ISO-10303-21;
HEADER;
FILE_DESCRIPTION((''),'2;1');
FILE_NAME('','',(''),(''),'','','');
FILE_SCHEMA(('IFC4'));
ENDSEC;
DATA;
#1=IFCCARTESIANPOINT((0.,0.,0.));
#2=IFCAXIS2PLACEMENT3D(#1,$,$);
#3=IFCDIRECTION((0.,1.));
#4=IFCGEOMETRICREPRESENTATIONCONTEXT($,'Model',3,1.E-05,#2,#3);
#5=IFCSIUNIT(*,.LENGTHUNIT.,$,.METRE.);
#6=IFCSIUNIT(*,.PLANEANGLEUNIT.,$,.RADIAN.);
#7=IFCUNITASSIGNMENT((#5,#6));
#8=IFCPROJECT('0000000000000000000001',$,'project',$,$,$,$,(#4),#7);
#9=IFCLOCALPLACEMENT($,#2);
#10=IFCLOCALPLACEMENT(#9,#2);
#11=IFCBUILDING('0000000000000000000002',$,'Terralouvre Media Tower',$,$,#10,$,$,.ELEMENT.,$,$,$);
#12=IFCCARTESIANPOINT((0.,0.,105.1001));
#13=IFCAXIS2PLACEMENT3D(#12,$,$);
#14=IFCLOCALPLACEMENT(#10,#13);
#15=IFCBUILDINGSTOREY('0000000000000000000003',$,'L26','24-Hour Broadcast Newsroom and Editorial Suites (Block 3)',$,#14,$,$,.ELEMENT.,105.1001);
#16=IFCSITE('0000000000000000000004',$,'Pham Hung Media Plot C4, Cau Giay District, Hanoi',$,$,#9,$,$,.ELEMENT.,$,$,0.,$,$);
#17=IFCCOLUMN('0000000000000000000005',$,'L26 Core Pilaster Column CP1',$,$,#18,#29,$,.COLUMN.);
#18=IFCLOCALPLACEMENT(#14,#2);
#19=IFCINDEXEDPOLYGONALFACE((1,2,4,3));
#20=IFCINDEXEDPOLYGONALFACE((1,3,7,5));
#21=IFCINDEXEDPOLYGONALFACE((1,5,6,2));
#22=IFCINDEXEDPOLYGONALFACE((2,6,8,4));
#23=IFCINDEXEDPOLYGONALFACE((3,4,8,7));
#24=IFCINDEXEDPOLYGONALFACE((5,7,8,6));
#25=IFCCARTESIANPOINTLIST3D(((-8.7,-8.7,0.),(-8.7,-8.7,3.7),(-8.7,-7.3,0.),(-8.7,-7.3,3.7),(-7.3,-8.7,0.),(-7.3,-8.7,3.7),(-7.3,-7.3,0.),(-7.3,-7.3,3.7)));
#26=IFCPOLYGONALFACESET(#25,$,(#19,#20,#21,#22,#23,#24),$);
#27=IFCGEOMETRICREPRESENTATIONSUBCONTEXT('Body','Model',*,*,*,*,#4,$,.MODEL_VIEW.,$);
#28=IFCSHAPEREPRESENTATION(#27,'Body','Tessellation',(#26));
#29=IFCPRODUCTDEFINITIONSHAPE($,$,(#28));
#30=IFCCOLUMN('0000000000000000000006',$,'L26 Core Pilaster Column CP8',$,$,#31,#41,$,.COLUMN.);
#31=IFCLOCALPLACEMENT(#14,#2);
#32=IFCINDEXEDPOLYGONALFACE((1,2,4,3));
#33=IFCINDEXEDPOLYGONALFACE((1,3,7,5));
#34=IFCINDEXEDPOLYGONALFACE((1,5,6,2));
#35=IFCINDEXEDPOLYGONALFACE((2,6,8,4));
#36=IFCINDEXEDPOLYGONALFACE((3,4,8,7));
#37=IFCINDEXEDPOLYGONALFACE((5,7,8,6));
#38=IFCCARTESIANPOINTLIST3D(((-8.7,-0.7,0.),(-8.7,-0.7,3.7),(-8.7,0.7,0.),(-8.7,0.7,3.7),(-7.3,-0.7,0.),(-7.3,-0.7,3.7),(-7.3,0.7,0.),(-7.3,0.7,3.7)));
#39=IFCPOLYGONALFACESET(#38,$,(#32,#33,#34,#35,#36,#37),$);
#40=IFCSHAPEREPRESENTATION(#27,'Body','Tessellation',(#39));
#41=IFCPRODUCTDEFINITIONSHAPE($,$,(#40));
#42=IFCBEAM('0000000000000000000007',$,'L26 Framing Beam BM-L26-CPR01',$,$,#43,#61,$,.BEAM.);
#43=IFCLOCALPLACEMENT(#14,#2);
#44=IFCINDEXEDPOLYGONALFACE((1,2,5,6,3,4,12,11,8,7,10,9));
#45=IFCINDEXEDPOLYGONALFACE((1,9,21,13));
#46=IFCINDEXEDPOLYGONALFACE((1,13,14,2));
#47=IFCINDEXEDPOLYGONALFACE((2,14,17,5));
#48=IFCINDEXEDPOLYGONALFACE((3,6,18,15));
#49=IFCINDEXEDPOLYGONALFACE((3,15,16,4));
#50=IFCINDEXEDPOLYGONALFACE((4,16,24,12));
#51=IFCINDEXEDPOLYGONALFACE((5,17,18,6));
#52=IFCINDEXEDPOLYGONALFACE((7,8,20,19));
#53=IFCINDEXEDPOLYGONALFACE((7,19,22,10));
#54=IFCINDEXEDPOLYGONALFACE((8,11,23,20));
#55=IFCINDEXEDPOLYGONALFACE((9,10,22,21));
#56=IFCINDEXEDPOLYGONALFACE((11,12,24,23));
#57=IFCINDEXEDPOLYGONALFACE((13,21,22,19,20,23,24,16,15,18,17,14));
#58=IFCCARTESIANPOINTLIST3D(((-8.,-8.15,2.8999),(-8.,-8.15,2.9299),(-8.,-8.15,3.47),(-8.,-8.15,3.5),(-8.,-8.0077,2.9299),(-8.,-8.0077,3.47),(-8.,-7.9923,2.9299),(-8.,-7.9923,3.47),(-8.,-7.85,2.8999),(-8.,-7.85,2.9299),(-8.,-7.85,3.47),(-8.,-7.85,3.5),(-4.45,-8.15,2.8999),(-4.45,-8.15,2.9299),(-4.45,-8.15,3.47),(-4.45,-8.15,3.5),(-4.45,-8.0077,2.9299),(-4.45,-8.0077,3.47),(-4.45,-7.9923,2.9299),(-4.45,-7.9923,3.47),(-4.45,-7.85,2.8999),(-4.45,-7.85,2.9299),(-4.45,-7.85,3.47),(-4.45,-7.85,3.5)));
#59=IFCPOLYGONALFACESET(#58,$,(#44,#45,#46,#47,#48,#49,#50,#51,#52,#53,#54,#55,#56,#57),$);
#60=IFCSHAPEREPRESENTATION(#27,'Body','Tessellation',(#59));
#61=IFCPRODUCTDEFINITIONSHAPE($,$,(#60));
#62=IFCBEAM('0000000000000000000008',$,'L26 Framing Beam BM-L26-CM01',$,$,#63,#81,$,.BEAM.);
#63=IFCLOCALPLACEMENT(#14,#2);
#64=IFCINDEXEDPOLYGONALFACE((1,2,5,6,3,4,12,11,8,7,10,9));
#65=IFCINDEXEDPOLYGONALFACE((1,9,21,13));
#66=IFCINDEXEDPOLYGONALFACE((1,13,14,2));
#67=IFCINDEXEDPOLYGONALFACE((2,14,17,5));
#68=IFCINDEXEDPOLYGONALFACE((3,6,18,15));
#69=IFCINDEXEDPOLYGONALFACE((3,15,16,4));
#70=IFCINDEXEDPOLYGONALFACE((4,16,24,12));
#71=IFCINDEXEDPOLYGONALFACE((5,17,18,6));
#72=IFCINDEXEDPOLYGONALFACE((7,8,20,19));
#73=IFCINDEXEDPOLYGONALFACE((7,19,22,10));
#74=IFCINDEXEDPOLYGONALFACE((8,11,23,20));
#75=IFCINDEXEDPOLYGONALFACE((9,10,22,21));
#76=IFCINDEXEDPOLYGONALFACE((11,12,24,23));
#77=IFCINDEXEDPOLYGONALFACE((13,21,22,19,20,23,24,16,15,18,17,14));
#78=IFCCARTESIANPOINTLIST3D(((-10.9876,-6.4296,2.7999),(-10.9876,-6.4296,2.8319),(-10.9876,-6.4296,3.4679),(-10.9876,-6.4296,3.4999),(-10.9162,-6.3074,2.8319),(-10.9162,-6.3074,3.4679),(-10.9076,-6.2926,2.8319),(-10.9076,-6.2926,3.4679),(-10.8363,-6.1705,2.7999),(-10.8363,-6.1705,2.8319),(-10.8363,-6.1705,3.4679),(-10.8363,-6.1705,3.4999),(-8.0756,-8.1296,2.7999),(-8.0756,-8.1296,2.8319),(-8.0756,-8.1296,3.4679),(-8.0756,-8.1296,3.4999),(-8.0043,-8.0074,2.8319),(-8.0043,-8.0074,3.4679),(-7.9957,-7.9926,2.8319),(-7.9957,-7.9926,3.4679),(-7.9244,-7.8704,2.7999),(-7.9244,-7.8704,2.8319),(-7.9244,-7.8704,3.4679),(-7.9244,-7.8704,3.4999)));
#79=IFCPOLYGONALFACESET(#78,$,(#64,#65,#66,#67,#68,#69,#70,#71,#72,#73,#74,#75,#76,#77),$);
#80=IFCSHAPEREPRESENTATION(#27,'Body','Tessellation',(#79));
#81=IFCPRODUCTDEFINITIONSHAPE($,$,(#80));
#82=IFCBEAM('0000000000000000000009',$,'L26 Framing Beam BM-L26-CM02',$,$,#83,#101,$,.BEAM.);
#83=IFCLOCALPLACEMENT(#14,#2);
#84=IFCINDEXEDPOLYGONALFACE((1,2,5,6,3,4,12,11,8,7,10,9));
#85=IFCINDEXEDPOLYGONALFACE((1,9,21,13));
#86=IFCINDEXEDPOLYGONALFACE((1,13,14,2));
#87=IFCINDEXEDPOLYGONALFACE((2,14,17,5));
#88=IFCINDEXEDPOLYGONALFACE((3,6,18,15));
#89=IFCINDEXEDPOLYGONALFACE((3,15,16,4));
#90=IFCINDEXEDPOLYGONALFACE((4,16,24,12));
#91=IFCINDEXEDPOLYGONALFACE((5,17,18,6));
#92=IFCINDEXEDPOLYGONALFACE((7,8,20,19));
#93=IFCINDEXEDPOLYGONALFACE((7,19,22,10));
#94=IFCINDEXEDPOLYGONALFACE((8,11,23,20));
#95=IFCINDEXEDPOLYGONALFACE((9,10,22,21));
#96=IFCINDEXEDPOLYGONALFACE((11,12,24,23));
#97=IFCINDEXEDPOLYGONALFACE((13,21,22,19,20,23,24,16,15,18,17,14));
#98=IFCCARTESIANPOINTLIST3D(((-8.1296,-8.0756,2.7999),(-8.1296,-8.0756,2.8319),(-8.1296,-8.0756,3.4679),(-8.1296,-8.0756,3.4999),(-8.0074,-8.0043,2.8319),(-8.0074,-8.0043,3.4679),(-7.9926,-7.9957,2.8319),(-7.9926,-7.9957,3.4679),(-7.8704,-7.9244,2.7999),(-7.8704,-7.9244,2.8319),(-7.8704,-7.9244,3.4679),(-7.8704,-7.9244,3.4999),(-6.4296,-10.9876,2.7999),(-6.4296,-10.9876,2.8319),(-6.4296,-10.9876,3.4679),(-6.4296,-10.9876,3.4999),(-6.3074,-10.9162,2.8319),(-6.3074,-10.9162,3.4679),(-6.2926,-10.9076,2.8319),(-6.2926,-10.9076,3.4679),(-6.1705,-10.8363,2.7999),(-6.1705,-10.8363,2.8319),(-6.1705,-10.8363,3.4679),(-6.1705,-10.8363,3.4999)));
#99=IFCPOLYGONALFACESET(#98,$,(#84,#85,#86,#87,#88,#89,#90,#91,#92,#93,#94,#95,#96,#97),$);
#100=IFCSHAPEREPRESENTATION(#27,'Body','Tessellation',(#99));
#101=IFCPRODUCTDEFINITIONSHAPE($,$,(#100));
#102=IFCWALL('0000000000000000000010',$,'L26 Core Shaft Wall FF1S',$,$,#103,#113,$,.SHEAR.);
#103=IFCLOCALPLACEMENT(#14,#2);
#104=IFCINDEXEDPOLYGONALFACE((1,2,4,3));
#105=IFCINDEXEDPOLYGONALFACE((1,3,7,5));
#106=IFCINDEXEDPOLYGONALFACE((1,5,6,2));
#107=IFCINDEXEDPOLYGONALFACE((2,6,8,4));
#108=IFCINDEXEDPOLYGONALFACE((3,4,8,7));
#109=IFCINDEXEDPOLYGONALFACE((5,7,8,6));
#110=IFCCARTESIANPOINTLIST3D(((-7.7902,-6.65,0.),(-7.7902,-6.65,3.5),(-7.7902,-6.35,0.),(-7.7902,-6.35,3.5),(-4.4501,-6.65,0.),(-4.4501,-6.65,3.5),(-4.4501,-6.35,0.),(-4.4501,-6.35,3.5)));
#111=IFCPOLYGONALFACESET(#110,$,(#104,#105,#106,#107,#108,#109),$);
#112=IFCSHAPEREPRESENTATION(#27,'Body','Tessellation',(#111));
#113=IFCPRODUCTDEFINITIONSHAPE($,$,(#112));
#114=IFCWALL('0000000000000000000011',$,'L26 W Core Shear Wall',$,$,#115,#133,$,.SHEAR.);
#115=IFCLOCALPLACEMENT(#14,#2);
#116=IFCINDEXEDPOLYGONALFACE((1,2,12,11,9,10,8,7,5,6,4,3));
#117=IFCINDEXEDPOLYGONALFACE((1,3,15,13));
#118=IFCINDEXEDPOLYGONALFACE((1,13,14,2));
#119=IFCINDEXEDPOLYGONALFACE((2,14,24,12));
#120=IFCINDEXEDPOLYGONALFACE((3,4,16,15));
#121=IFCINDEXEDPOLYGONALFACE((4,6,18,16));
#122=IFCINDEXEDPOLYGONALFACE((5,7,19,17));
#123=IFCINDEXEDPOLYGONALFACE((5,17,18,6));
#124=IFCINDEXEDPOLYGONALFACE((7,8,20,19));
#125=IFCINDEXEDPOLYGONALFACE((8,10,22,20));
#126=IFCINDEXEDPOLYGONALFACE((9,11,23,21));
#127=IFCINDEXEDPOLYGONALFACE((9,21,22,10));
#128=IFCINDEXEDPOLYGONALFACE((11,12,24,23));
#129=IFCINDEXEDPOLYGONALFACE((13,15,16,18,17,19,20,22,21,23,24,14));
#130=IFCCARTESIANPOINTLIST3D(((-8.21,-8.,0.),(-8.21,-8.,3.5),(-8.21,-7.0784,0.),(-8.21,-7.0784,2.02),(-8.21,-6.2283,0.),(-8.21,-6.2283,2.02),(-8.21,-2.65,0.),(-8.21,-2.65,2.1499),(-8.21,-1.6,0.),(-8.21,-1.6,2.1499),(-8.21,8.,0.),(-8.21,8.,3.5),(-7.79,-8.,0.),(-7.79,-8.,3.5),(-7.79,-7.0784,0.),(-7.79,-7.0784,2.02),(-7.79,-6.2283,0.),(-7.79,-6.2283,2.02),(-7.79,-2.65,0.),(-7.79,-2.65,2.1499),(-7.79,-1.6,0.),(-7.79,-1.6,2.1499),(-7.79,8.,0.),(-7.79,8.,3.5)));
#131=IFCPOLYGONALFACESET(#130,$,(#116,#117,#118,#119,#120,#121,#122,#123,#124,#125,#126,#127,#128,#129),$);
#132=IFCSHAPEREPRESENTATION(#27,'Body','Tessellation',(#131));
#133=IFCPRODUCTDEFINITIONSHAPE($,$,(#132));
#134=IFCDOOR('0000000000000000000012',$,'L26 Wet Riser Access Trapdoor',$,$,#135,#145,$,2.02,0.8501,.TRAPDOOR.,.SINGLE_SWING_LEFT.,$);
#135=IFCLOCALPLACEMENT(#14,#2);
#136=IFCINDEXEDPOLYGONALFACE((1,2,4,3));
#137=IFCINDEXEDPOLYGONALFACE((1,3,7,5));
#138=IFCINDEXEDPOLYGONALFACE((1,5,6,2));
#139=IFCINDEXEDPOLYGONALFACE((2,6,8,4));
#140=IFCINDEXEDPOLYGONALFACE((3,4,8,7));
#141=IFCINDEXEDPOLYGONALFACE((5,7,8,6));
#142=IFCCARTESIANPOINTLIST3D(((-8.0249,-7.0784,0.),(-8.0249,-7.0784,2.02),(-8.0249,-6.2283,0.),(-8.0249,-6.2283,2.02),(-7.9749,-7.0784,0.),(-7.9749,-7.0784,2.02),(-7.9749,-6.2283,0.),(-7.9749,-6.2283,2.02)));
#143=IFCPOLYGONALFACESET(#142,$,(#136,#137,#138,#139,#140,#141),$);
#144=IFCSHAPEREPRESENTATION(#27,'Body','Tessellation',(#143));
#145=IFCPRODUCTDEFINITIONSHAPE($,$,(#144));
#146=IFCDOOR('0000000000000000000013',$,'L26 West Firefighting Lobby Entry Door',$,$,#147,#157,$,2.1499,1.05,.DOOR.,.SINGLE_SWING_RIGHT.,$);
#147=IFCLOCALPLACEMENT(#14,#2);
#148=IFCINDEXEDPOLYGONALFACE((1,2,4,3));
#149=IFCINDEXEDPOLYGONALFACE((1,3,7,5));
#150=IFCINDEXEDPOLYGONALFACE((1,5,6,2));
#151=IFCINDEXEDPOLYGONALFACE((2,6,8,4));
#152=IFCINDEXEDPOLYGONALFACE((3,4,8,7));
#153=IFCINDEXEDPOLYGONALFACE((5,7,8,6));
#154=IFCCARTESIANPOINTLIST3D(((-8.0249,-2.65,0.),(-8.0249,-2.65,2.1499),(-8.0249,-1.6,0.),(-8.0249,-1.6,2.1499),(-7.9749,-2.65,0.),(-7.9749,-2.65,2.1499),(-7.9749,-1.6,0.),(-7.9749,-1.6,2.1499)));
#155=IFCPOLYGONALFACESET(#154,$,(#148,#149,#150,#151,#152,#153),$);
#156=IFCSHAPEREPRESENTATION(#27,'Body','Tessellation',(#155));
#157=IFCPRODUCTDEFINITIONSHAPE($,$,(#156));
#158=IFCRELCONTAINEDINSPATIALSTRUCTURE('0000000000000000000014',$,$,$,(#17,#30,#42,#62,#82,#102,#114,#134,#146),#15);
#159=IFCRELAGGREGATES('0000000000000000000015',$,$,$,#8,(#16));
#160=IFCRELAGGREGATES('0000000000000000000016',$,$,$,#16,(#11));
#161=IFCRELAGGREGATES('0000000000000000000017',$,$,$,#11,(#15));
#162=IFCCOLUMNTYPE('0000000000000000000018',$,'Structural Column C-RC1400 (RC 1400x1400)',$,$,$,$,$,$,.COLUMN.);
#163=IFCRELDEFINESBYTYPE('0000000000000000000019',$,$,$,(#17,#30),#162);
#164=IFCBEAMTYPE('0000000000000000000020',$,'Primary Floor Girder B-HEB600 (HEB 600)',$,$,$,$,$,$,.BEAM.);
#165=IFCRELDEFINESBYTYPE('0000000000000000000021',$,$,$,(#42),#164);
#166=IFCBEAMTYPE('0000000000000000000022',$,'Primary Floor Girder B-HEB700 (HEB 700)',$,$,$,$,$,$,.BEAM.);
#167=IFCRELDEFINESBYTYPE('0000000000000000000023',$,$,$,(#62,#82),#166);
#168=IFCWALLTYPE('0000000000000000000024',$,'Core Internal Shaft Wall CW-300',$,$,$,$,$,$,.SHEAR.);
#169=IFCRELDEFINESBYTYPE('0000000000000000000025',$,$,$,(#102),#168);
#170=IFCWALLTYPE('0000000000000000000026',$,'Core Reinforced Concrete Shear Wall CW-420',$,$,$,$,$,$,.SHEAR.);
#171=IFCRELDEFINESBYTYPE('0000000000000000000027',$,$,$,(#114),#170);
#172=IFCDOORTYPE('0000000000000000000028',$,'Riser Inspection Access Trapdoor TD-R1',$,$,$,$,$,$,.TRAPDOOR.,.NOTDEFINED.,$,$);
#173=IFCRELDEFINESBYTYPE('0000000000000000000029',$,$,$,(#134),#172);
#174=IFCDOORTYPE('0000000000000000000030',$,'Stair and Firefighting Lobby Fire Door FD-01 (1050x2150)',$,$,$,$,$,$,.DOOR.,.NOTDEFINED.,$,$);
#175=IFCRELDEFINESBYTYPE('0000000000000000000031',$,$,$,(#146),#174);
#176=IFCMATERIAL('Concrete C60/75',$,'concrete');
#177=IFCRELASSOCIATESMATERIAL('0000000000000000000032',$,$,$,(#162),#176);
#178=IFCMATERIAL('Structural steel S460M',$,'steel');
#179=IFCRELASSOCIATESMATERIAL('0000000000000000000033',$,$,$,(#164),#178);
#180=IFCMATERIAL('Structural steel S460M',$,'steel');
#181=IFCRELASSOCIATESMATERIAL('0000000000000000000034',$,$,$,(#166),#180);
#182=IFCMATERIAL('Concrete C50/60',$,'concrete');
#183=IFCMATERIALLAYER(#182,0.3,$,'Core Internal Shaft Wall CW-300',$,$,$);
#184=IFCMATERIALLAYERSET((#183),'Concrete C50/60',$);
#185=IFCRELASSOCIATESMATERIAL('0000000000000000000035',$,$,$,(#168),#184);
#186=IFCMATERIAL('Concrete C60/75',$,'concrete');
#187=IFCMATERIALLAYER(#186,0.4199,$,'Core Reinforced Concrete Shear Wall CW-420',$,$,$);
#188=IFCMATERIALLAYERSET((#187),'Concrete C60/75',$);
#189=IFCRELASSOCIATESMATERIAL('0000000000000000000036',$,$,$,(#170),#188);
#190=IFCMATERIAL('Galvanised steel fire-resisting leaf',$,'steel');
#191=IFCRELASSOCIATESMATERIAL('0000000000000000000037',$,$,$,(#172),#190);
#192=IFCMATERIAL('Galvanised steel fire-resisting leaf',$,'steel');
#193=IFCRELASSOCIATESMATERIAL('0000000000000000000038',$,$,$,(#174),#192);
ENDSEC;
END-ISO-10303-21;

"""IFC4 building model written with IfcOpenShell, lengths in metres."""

from ifc_helpers import new_model, si_unit, direction, frame, frame_2d, origin, origin_2d, place, context, subcontext, project, spatial, rectangle, i_section, extrude, material, layer, layer_set, material_profile, profile_set, type_object, element, fill, save


model = new_model("IFC4")

# Units and contexts
model_context = context("Model", 3, precision=1e-05, world=origin(), true_north=direction((0.0, 1.0)))
body_context = subcontext(model_context, "Body", "Model", "MODEL_VIEW")
ifc_project = project(units=[si_unit("LENGTHUNIT", "METRE"), si_unit("PLANEANGLEUNIT", "RADIAN")], contexts=[model_context])

# Site, building, storey
site_placement = place(None, origin())
site = spatial("IfcSite", under=ifc_project, at=site_placement, Name="Pham Hung Media Plot C4, Cau Giay District, Hanoi", CompositionType="ELEMENT", RefElevation=0.0)
building_placement = place(site_placement, origin())
building = spatial("IfcBuilding", under=site, at=building_placement, Name="Terralouvre Media Tower", CompositionType="ELEMENT")
storey_placement = place(building_placement, frame((0.0, 0.0, 105.1001)))
storey = spatial("IfcBuildingStorey", under=building, at=storey_placement, Name="L26", Description="24-Hour Broadcast Newsroom and Editorial Suites (Block 3)", CompositionType="ELEMENT", Elevation=105.1001)

# Columns
ifc_material_1 = material(Name="Concrete C60/75", Category="concrete")
ifc_material_profile_1 = material_profile(ifc_material_1, rectangle(XDim=1.3999, YDim=1.3999, at=origin_2d()), Name="RC 1400x1400")
ifc_profile_set_1 = profile_set([ifc_material_profile_1], Name="Concrete C60/75")
column_type = type_object("IfcColumnType", Name="Structural Column C-RC1400 (RC 1400x1400)", PredefinedType="COLUMN", material=ifc_profile_set_1)
for number, where, z_axis, x_axis, name in (
    (1, (-8.0, -8.0, 0.0), (0.0, 0.0, 1.0), (1.0, 0.0, 0.0), "L26 Core Pilaster Column CP1"),
    (2, (-8.0, 0.0, 0.0), (0.0, 0.0, 1.0), (1.0, 0.0, 0.0), "L26 Core Pilaster Column CP8"),
):
    element("IfcColumn", number, at=place(storey_placement, frame(where, z_axis=z_axis, x_axis=x_axis)), inside=storey, type_object=column_type, Name=name, PredefinedType="COLUMN", context=body_context, shape_type="SweptSolid", body=[
        extrude(rectangle(XDim=1.3999, YDim=1.3999, at=origin_2d()), origin(), (0.0, 0.0, 1.0), 3.7),
    ])

# Beams
ifc_material_2 = material(Name="Structural steel S460M", Category="steel")
ifc_material_profile_2 = material_profile(ifc_material_2, i_section(OverallWidth=0.3, OverallDepth=0.6001, WebThickness=0.0154, FlangeThickness=0.03, at=origin_2d()), Name="HEB 600")
ifc_profile_set_2 = profile_set([ifc_material_profile_2], Name="Structural steel S460M")
beam_type_1 = type_object("IfcBeamType", Name="Primary Floor Girder B-HEB600 (HEB 600)", PredefinedType="BEAM", material=ifc_profile_set_2)
beam_placement = place(storey_placement, frame((-8.0, -8.0, 3.2), z_axis=(1.0, 0.0, 0.0), x_axis=(0.0, 1.0, 0.0)))
element("IfcBeam", 3, at=beam_placement, inside=storey, type_object=beam_type_1, Name="L26 Framing Beam BM-L26-CPR01", PredefinedType="BEAM", context=body_context, shape_type="SweptSolid", body=[
    extrude(i_section(OverallWidth=0.3, OverallDepth=0.6001, WebThickness=0.0154, FlangeThickness=0.03, at=origin_2d()), origin(), (0.0, 0.0, 1.0), 3.55),
])
ifc_material_3 = material(Name="Structural steel S460M", Category="steel")
ifc_material_profile_3 = material_profile(ifc_material_3, i_section(OverallWidth=0.3, OverallDepth=0.7, WebThickness=0.0171, FlangeThickness=0.032, at=origin_2d()), Name="HEB 700")
ifc_profile_set_3 = profile_set([ifc_material_profile_3], Name="Structural steel S460M")
beam_type_2 = type_object("IfcBeamType", Name="Primary Floor Girder B-HEB700 (HEB 700)", PredefinedType="BEAM", material=ifc_profile_set_3)
for number, where, z_axis, x_axis, name in (
    (4, (-8.0, -8.0, 3.1499), (-0.863603, 0.504173, 0.0), (-0.504173, -0.863603, 0.0), "L26 Framing Beam BM-L26-CM01"),
    (5, (-8.0, -8.0, 3.1499), (0.504173, -0.863603, 0.0), (0.863603, 0.504173, 0.0), "L26 Framing Beam BM-L26-CM02"),
):
    element("IfcBeam", number, at=place(storey_placement, frame(where, z_axis=z_axis, x_axis=x_axis)), inside=storey, type_object=beam_type_2, Name=name, PredefinedType="BEAM", context=body_context, shape_type="SweptSolid", body=[
        extrude(i_section(OverallWidth=0.3, OverallDepth=0.7, WebThickness=0.0171, FlangeThickness=0.032, at=origin_2d()), origin(), (0.0, 0.0, 1.0), 3.3718),
    ])

# Wall
ifc_material_4 = material(Name="Concrete C50/60", Category="concrete")
ifc_layer_1 = layer(ifc_material_4, 0.3, Name="Core Internal Shaft Wall CW-300")
ifc_layer_set_1 = layer_set([ifc_layer_1], Name="Concrete C50/60")
wall_type_1 = type_object("IfcWallType", Name="Core Internal Shaft Wall CW-300", PredefinedType="SHEAR", material=ifc_layer_set_1)
wall_1_placement = place(storey_placement, frame((-7.79, -6.5, 0.0), z_axis=(0.0, 0.0, 1.0), x_axis=(1.0, 0.0, 0.0)))
element("IfcWall", 6, at=wall_1_placement, inside=storey, type_object=wall_type_1, Name="L26 Core Shaft Wall FF1S", PredefinedType="SHEAR", context=body_context, shape_type="SweptSolid", body=[
    extrude(rectangle(XDim=3.3401, YDim=0.3, at=frame_2d((1.6699, 0.0))), origin(), (0.0, 0.0, 1.0), 3.5),
])

# Wall, openings, doors
ifc_material_5 = material(Name="Concrete C60/75", Category="concrete")
ifc_layer_2 = layer(ifc_material_5, 0.4199, Name="Core Reinforced Concrete Shear Wall CW-420")
ifc_layer_set_2 = layer_set([ifc_layer_2], Name="Concrete C60/75")
wall_type_2 = type_object("IfcWallType", Name="Core Reinforced Concrete Shear Wall CW-420", PredefinedType="SHEAR", material=ifc_layer_set_2)
wall_2_placement = place(storey_placement, frame((-8.0, -8.0, 0.0), z_axis=(0.0, 0.0, 1.0), x_axis=(0.0, 1.0, 0.0)))
wall_2 = element("IfcWall", 7, at=wall_2_placement, inside=storey, type_object=wall_type_2, Name="L26 W Core Shear Wall", PredefinedType="SHEAR", context=body_context, shape_type="SweptSolid", body=[
    extrude(rectangle(XDim=16.0, YDim=0.4199, at=frame_2d((8.0, 0.0))), origin(), (0.0, 0.0, 1.0), 3.5),
])
opening_1_placement = place(wall_2_placement, frame((0.9216, 0.0, 0.0)))
opening_1 = element("IfcOpeningElement", 8, at=opening_1_placement, cuts=wall_2, PredefinedType="OPENING", context=body_context, shape_type="SweptSolid", body=[
    extrude(rectangle(XDim=0.8501, YDim=2.02, at=frame_2d((0.425, 1.01))), frame((0.0, 0.22, 0.0), z_axis=(0.0, -1.0, 0.0), x_axis=(1.0, 0.0, 0.0)), (0.0, 0.0, 1.0), 0.4399),
])
opening_2_placement = place(wall_2_placement, frame((5.3501, 0.0, 0.0)))
opening_2 = element("IfcOpeningElement", 9, at=opening_2_placement, cuts=wall_2, PredefinedType="OPENING", context=body_context, shape_type="SweptSolid", body=[
    extrude(rectangle(XDim=1.05, YDim=2.1499, at=frame_2d((0.5249, 1.075))), frame((0.0, 0.22, 0.0), z_axis=(0.0, -1.0, 0.0), x_axis=(1.0, 0.0, 0.0)), (0.0, 0.0, 1.0), 0.4399),
])
ifc_material_6 = material(Name="Galvanised steel fire-resisting leaf", Category="steel")
door_type_1 = type_object("IfcDoorType", Name="Riser Inspection Access Trapdoor TD-R1", OperationType="NOTDEFINED", PredefinedType="TRAPDOOR", material=ifc_material_6)
door_1_placement = place(opening_1_placement, origin())
door_1 = element("IfcDoor", 10, at=door_1_placement, inside=storey, type_object=door_type_1, Name="L26 Wet Riser Access Trapdoor", OperationType="SINGLE_SWING_LEFT", OverallHeight=2.02, OverallWidth=0.8501, PredefinedType="TRAPDOOR", context=body_context, shape_type="SweptSolid", body=[
    extrude(rectangle(XDim=0.8501, YDim=2.02, at=frame_2d((0.425, 1.01))), frame((0.0, 0.0249, 0.0), z_axis=(0.0, -1.0, 0.0), x_axis=(1.0, 0.0, 0.0)), (0.0, 0.0, 1.0), 0.05),
])
fill(opening_1, door_1)
ifc_material_7 = material(Name="Galvanised steel fire-resisting leaf", Category="steel")
door_type_2 = type_object("IfcDoorType", Name="Stair and Firefighting Lobby Fire Door FD-01 (1050x2150)", OperationType="NOTDEFINED", PredefinedType="DOOR", material=ifc_material_7)
door_2_placement = place(opening_2_placement, origin())
door_2 = element("IfcDoor", 11, at=door_2_placement, inside=storey, type_object=door_type_2, Name="L26 West Firefighting Lobby Entry Door", OperationType="SINGLE_SWING_RIGHT", OverallHeight=2.1499, OverallWidth=1.05, PredefinedType="DOOR", context=body_context, shape_type="SweptSolid", body=[
    extrude(rectangle(XDim=1.05, YDim=2.1499, at=frame_2d((0.5249, 1.075))), frame((0.0, 0.0249, 0.0), z_axis=(0.0, -1.0, 0.0), x_axis=(1.0, 0.0, 0.0)), (0.0, 0.0, 1.0), 0.05),
])
fill(opening_2, door_2)

save(model, "model.ifc")
